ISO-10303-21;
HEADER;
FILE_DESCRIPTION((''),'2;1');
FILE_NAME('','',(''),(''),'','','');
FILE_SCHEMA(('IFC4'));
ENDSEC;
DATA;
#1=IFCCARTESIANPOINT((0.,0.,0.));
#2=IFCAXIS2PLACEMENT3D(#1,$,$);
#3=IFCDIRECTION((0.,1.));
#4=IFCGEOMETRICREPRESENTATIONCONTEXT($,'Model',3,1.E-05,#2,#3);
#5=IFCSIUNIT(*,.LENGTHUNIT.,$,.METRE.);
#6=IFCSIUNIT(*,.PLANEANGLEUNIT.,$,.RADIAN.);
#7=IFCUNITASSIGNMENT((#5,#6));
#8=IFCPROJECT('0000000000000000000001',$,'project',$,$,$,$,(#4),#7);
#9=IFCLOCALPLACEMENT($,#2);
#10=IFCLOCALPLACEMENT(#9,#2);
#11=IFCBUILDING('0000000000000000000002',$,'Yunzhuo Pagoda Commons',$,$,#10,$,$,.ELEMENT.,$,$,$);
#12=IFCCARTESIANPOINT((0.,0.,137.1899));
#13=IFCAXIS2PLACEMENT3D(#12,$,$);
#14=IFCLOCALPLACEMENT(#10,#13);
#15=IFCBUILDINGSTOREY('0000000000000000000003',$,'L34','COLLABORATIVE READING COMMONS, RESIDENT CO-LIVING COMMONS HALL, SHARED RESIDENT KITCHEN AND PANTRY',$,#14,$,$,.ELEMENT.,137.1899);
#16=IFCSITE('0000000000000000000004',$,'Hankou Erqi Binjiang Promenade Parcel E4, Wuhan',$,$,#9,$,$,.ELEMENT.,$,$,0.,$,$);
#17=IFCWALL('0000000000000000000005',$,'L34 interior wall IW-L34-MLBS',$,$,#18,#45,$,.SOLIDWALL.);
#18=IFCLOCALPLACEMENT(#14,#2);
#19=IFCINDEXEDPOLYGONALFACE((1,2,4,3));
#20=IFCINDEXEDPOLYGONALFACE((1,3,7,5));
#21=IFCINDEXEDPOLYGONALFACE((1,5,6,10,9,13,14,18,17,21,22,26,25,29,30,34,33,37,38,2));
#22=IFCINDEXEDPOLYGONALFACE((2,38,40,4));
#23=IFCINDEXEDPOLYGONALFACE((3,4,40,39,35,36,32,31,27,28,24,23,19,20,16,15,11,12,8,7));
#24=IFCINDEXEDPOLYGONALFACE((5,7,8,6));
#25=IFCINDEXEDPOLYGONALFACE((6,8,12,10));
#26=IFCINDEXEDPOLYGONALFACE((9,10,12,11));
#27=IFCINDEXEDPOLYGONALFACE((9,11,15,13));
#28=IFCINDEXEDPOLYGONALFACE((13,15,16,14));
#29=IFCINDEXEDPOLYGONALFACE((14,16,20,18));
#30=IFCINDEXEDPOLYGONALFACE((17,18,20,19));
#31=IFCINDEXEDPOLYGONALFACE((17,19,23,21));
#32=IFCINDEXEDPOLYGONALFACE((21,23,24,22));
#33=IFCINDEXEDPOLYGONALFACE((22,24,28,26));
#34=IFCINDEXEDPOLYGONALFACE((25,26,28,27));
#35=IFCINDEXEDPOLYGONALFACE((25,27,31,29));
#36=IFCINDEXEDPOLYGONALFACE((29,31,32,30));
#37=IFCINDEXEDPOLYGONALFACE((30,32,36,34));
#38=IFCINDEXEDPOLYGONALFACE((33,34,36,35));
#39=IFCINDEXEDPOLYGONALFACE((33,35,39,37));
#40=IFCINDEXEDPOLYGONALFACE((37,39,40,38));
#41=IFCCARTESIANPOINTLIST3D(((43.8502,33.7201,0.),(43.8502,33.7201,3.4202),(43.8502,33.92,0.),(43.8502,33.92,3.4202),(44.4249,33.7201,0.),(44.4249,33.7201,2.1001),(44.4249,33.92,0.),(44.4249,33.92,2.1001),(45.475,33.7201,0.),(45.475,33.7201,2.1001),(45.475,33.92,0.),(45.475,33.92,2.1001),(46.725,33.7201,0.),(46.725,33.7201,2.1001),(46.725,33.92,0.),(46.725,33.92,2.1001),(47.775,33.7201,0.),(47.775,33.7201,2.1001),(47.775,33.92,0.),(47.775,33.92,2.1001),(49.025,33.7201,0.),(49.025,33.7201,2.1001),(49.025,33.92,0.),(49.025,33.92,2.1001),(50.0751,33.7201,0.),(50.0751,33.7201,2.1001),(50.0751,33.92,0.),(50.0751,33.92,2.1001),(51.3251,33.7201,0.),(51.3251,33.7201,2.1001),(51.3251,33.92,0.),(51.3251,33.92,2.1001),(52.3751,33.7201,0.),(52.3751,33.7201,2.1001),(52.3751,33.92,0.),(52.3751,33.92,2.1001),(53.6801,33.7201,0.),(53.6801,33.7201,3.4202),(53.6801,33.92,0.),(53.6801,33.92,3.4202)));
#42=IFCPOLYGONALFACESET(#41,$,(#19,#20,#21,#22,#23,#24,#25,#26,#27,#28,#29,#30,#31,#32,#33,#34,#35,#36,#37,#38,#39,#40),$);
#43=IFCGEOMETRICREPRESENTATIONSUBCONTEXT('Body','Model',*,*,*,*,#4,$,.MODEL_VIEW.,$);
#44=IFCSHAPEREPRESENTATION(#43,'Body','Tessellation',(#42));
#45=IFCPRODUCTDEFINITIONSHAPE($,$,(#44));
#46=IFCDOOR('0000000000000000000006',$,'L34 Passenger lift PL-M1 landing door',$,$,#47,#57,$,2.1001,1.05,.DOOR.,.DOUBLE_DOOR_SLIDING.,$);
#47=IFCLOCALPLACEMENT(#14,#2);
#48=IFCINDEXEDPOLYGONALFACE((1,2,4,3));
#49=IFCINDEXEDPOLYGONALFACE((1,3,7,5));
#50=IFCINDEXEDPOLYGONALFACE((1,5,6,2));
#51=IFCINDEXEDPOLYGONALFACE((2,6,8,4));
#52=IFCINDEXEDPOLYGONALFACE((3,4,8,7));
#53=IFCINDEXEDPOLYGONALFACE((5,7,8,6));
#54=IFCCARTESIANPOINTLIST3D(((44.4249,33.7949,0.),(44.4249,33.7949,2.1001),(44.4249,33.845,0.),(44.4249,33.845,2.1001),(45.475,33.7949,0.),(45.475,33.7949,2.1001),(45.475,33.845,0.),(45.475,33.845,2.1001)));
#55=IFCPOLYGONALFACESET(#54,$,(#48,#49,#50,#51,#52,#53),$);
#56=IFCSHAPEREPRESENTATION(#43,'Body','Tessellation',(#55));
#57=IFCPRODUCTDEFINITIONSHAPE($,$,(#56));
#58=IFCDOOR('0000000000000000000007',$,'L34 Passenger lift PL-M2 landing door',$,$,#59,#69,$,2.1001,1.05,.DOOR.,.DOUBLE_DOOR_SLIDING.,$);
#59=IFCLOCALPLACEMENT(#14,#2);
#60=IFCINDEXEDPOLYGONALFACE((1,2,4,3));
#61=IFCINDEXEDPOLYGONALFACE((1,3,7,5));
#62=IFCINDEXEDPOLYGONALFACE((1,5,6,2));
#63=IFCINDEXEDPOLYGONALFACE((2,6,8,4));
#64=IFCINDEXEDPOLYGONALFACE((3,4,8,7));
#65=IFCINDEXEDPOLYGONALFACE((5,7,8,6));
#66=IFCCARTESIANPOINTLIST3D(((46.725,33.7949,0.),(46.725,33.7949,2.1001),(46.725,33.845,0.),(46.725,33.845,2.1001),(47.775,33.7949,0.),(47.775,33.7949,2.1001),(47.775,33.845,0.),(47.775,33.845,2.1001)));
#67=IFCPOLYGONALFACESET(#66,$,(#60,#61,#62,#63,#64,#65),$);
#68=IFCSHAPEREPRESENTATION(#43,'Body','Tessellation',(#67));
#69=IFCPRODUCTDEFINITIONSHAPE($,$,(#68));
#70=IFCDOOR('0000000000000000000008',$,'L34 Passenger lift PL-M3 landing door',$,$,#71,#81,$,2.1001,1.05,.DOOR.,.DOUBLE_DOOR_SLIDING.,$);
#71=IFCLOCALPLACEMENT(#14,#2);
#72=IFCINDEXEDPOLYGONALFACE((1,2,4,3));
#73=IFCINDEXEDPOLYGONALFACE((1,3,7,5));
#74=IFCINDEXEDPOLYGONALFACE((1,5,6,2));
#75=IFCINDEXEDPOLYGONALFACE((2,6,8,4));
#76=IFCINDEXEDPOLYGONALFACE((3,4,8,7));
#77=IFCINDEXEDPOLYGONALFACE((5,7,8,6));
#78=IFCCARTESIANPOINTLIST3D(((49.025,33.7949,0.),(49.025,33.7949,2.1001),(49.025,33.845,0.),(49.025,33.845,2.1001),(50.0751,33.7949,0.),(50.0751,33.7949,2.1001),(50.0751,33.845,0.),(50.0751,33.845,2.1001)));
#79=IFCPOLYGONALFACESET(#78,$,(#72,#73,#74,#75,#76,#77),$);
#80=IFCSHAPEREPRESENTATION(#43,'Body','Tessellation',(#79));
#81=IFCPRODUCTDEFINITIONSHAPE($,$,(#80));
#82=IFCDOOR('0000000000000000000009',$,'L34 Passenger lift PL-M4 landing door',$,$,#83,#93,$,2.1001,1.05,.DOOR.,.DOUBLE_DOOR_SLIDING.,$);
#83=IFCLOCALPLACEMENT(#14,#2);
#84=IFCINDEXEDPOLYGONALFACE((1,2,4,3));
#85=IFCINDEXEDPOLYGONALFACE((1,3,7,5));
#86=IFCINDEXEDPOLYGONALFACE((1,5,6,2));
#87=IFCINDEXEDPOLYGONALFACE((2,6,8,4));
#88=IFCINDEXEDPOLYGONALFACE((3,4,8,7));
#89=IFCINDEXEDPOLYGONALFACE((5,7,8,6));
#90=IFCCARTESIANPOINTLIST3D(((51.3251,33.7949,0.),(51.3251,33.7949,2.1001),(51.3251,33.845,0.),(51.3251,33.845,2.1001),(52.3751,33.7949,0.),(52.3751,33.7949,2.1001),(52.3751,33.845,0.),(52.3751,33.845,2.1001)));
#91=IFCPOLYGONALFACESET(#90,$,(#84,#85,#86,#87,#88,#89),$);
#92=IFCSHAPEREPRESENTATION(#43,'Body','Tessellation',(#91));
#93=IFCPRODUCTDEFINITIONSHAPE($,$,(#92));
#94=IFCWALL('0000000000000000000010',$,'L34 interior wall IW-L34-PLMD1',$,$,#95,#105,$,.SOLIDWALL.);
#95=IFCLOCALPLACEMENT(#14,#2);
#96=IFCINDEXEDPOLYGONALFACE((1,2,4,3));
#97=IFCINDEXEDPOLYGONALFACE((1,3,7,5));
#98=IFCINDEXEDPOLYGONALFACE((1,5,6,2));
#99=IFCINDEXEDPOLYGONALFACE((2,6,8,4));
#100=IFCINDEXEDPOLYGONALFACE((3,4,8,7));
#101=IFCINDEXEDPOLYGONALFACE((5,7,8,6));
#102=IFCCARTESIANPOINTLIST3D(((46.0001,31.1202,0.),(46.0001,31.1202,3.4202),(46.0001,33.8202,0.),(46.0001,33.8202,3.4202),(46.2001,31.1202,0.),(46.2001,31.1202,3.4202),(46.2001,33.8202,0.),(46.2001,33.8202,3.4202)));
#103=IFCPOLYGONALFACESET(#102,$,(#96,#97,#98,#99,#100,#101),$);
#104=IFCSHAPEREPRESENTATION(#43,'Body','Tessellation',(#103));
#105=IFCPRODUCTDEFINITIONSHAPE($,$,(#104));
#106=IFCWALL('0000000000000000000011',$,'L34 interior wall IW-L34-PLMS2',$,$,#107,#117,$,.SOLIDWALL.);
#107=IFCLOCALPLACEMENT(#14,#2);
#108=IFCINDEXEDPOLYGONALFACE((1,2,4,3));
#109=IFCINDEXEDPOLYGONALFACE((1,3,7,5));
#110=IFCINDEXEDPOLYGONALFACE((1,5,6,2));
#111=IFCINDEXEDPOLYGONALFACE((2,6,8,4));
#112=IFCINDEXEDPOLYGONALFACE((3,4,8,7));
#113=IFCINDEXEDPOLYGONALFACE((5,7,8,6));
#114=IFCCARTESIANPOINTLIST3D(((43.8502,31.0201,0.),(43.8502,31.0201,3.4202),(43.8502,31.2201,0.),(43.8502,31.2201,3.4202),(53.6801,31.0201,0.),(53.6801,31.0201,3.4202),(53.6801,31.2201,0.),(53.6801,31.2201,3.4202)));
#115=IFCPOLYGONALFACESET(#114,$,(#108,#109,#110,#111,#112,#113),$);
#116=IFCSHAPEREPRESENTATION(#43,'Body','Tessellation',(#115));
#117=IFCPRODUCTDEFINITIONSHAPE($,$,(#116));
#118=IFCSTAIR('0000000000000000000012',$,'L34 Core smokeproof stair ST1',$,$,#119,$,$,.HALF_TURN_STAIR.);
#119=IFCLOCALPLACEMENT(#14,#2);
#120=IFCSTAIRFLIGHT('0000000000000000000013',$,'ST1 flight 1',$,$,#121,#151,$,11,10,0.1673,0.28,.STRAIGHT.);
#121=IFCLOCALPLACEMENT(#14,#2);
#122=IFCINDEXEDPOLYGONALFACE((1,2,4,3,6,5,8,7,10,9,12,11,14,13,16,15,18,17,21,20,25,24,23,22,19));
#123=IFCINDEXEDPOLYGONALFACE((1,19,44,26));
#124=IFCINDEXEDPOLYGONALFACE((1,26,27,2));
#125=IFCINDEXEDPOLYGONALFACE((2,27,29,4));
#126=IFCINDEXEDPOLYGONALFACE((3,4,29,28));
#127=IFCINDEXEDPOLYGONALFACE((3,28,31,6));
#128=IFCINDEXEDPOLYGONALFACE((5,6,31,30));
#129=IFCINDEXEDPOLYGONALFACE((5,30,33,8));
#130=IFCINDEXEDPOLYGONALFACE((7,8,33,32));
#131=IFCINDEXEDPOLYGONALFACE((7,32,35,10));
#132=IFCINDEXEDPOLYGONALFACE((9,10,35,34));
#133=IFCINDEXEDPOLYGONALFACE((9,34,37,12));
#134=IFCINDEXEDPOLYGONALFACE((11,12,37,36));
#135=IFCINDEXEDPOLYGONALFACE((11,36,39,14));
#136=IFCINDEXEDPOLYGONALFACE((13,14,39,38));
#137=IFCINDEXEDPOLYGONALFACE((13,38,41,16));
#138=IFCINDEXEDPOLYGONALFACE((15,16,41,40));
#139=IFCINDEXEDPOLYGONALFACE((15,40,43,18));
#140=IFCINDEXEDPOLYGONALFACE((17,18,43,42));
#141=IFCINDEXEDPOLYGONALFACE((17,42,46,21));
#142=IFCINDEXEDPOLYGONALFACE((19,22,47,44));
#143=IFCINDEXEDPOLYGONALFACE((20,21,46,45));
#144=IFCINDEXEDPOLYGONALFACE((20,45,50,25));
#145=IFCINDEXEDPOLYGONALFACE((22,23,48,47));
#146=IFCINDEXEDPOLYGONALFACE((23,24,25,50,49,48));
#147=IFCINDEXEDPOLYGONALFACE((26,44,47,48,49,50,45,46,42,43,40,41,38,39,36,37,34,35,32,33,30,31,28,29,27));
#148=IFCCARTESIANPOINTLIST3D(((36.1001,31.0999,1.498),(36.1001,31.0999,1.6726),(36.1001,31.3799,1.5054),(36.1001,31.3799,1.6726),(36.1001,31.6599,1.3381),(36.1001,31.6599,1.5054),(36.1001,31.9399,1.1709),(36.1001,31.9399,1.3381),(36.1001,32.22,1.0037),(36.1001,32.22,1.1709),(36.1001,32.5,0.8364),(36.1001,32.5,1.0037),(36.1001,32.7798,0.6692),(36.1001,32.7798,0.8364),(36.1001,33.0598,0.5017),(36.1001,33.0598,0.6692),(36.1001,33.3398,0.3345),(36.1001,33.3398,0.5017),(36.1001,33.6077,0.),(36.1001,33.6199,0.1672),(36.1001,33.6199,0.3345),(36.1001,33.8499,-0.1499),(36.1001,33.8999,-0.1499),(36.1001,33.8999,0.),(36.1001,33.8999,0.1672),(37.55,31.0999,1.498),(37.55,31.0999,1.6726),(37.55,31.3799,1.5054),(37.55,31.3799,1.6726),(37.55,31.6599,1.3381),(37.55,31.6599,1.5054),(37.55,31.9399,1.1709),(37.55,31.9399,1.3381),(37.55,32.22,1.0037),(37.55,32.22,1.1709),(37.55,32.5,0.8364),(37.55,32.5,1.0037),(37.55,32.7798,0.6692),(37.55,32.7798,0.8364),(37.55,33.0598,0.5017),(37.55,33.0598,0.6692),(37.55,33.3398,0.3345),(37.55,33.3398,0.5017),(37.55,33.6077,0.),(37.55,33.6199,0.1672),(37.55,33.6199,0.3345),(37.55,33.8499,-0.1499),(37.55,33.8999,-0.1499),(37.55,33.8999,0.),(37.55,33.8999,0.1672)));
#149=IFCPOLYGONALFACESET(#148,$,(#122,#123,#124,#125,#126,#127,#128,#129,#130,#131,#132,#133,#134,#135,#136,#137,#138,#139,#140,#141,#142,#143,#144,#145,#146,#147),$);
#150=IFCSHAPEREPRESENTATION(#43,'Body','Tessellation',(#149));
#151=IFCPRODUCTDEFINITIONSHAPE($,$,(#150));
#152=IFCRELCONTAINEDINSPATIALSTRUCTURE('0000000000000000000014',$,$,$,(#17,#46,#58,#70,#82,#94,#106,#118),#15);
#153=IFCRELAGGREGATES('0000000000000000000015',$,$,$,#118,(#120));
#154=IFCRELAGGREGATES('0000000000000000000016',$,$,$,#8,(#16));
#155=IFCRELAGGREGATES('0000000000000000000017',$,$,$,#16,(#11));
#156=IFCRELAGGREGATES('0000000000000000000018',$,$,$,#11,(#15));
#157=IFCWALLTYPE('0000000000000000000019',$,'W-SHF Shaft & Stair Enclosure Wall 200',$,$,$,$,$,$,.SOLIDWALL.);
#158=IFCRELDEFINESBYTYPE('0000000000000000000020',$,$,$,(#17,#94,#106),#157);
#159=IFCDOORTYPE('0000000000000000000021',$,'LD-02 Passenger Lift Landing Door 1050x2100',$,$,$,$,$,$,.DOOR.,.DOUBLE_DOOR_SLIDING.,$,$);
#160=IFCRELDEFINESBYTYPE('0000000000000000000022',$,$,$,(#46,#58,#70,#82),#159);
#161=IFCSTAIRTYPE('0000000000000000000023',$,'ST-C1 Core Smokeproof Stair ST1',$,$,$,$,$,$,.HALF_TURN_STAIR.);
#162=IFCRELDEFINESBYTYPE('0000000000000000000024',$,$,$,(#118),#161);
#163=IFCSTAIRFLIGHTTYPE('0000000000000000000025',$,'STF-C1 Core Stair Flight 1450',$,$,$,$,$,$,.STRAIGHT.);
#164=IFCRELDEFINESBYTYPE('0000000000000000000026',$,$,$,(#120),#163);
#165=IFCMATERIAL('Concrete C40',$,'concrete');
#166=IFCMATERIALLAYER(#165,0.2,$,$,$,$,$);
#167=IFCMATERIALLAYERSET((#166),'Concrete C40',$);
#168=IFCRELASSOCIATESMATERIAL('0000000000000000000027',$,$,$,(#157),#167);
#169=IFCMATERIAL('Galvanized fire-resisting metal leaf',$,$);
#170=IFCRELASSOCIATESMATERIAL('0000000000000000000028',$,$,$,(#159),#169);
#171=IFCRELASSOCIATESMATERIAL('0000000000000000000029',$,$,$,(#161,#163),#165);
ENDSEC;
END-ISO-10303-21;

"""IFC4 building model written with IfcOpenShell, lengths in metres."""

from ifc_helpers import new_model, si_unit, direction, frame, frame_2d, origin, origin_with_axes, place, context, subcontext, project, spatial, polyline, rectangle, outline, extrude, source, transform, mapped, material, layer, layer_set, type_object, element, fill, aggregate, save


model = new_model("IFC4")

# Units and contexts
model_context = context("Model", 3, precision=1e-05, world=origin(), true_north=direction((0.0, 1.0)))
body_context = subcontext(model_context, "Body", "Model", "MODEL_VIEW")
ifc_project = project(units=[si_unit("LENGTHUNIT", "METRE"), si_unit("PLANEANGLEUNIT", "RADIAN")], contexts=[model_context])

# Site, building, storey
site_placement = place(None, origin())
site = spatial("IfcSite", under=ifc_project, at=site_placement, Name="Hankou Erqi Binjiang Promenade Parcel E4, Wuhan", CompositionType="ELEMENT", RefElevation=0.0)
building_placement = place(site_placement, origin())
building = spatial("IfcBuilding", under=site, at=building_placement, Name="Yunzhuo Pagoda Commons", CompositionType="ELEMENT")
storey_placement = place(building_placement, frame((0.0, 0.0, 137.1899)))
storey = spatial("IfcBuildingStorey", under=building, at=storey_placement, Name="L34", Description="COLLABORATIVE READING COMMONS, RESIDENT CO-LIVING COMMONS HALL, SHARED RESIDENT KITCHEN AND PANTRY", CompositionType="ELEMENT", Elevation=137.1899)

# Shared definitions
ifc_material_1 = material(Name="Concrete C40", Category="concrete")
ifc_layer_1 = layer(ifc_material_1, 0.2)
ifc_layer_set_1 = layer_set([ifc_layer_1], Name="Concrete C40")
wall_type_1 = type_object("IfcWallType", Name="W-SHF Shaft & Stair Enclosure Wall 200", PredefinedType="SOLIDWALL", material=ifc_layer_set_1)
ifc_material_2 = material(Name="Galvanized fire-resisting metal leaf")
door_type = type_object("IfcDoorType", Name="LD-02 Passenger Lift Landing Door 1050x2100", OperationType="DOUBLE_DOOR_SLIDING", PredefinedType="DOOR", material=ifc_material_2)
shared_shape_1 = source(origin(), body_context, "Body", "SweptSolid", [
    extrude(rectangle(XDim=1.05, YDim=2.1001, at=frame_2d((0.5249, 1.05))), frame((0.0, 0.0249, 0.0), z_axis=(0.0, -1.0, 0.0), x_axis=(1.0, 0.0, 0.0)), (0.0, 0.0, 1.0), 0.05),
])

# Wall, openings, doors
wall_1_placement = place(storey_placement, frame((43.8501, 33.8201, 0.0), z_axis=(0.0, 0.0, 1.0), x_axis=(1.0, 0.0, 0.0)))
wall_1 = element("IfcWall", 1, at=wall_1_placement, inside=storey, type_object=wall_type_1, Name="L34 interior wall IW-L34-MLBS", PredefinedType="SOLIDWALL", context=body_context, shape_type="SweptSolid", body=[
    extrude(rectangle(XDim=9.8298, YDim=0.2, at=frame_2d((4.915, 0.0))), origin(), (0.0, 0.0, 1.0), 3.4202),
])
opening_1_placement = place(wall_1_placement, frame((0.575, 0.0, 0.0)))
opening_1 = element("IfcOpeningElement", 2, at=opening_1_placement, cuts=wall_1, PredefinedType="OPENING", context=body_context, shape_type="SweptSolid", body=[
    extrude(rectangle(XDim=1.05, YDim=2.1001, at=frame_2d((0.5249, 1.05))), frame((0.0, 0.1099, 0.0), z_axis=(0.0, -1.0, 0.0), x_axis=(1.0, 0.0, 0.0)), (0.0, 0.0, 1.0), 0.22),
])
opening_2_placement = place(wall_1_placement, frame((2.875, 0.0, 0.0)))
opening_2 = element("IfcOpeningElement", 3, at=opening_2_placement, cuts=wall_1, PredefinedType="OPENING", context=body_context, shape_type="SweptSolid", body=[
    extrude(rectangle(XDim=1.05, YDim=2.1001, at=frame_2d((0.5249, 1.05))), frame((0.0, 0.1099, 0.0), z_axis=(0.0, -1.0, 0.0), x_axis=(1.0, 0.0, 0.0)), (0.0, 0.0, 1.0), 0.22),
])
opening_3_placement = place(wall_1_placement, frame((5.175, 0.0, 0.0)))
opening_3 = element("IfcOpeningElement", 4, at=opening_3_placement, cuts=wall_1, PredefinedType="OPENING", context=body_context, shape_type="SweptSolid", body=[
    extrude(rectangle(XDim=1.05, YDim=2.1001, at=frame_2d((0.5249, 1.05))), frame((0.0, 0.1099, 0.0), z_axis=(0.0, -1.0, 0.0), x_axis=(1.0, 0.0, 0.0)), (0.0, 0.0, 1.0), 0.22),
])
opening_4_placement = place(wall_1_placement, frame((7.4751, 0.0, 0.0)))
opening_4 = element("IfcOpeningElement", 5, at=opening_4_placement, cuts=wall_1, PredefinedType="OPENING", context=body_context, shape_type="SweptSolid", body=[
    extrude(rectangle(XDim=1.05, YDim=2.1001, at=frame_2d((0.5249, 1.05))), frame((0.0, 0.1099, 0.0), z_axis=(0.0, -1.0, 0.0), x_axis=(1.0, 0.0, 0.0)), (0.0, 0.0, 1.0), 0.22),
])
door_1_placement = place(opening_1_placement, origin_with_axes())
door_1 = element("IfcDoor", 6, at=door_1_placement, inside=storey, type_object=door_type, Name="L34 Passenger lift PL-M1 landing door", OperationType="DOUBLE_DOOR_SLIDING", OverallHeight=2.1001, OverallWidth=1.05, PredefinedType="DOOR", context=body_context, shape_type="MappedRepresentation", body=[
    mapped(shared_shape_1, transform((0.0, 0.0, 0.0), scale=1.0)),
])
fill(opening_1, door_1)
door_2_placement = place(opening_2_placement, origin_with_axes())
door_2 = element("IfcDoor", 7, at=door_2_placement, inside=storey, type_object=door_type, Name="L34 Passenger lift PL-M2 landing door", OperationType="DOUBLE_DOOR_SLIDING", OverallHeight=2.1001, OverallWidth=1.05, PredefinedType="DOOR", context=body_context, shape_type="MappedRepresentation", body=[
    mapped(shared_shape_1, transform((0.0, 0.0, 0.0), scale=1.0)),
])
fill(opening_2, door_2)
door_3_placement = place(opening_3_placement, origin_with_axes())
door_3 = element("IfcDoor", 8, at=door_3_placement, inside=storey, type_object=door_type, Name="L34 Passenger lift PL-M3 landing door", OperationType="DOUBLE_DOOR_SLIDING", OverallHeight=2.1001, OverallWidth=1.05, PredefinedType="DOOR", context=body_context, shape_type="MappedRepresentation", body=[
    mapped(shared_shape_1, transform((0.0, 0.0, 0.0), scale=1.0)),
])
fill(opening_3, door_3)
door_4_placement = place(opening_4_placement, origin_with_axes())
door_4 = element("IfcDoor", 9, at=door_4_placement, inside=storey, type_object=door_type, Name="L34 Passenger lift PL-M4 landing door", OperationType="DOUBLE_DOOR_SLIDING", OverallHeight=2.1001, OverallWidth=1.05, PredefinedType="DOOR", context=body_context, shape_type="MappedRepresentation", body=[
    mapped(shared_shape_1, transform((0.0, 0.0, 0.0), scale=1.0)),
])
fill(opening_4, door_4)

# Walls
wall_2_placement = place(storey_placement, frame((46.1001, 31.1201, 0.0), z_axis=(0.0, 0.0, 1.0), x_axis=(0.0, 1.0, 0.0)))
element("IfcWall", 10, at=wall_2_placement, inside=storey, type_object=wall_type_1, Name="L34 interior wall IW-L34-PLMD1", PredefinedType="SOLIDWALL", context=body_context, shape_type="SweptSolid", body=[
    extrude(rectangle(XDim=2.7, YDim=0.2, at=frame_2d((1.3501, 0.0))), origin(), (0.0, 0.0, 1.0), 3.4202),
])
wall_3_placement = place(storey_placement, frame((43.8501, 31.1201, 0.0), z_axis=(0.0, 0.0, 1.0), x_axis=(1.0, 0.0, 0.0)))
element("IfcWall", 11, at=wall_3_placement, inside=storey, type_object=wall_type_1, Name="L34 interior wall IW-L34-PLMS2", PredefinedType="SOLIDWALL", context=body_context, shape_type="SweptSolid", body=[
    extrude(rectangle(XDim=9.8298, YDim=0.2, at=frame_2d((4.915, 0.0))), origin(), (0.0, 0.0, 1.0), 3.4202),
])

# Stair, stair flight
stair_type = type_object("IfcStairType", Name="ST-C1 Core Smokeproof Stair ST1", PredefinedType="HALF_TURN_STAIR", material=ifc_material_1)
stair_placement = place(storey_placement, origin())
stair = element("IfcStair", 12, at=stair_placement, inside=storey, type_object=stair_type, Name="L34 Core smokeproof stair ST1", PredefinedType="HALF_TURN_STAIR")
stair_flight_type = type_object("IfcStairFlightType", Name="STF-C1 Core Stair Flight 1450", PredefinedType="STRAIGHT", material=ifc_material_1)
shared_shape_2 = source(origin(), body_context, "Body", "SweptSolid", [
    extrude(outline(polyline([(0.0, -0.1499), (0.0, 0.0), (0.0, 0.1672), (0.28, 0.1672), (0.28, 0.3345), (0.5601, 0.3345), (0.5601, 0.5017), (0.8401, 0.5017), (0.8401, 0.6692), (1.1201, 0.6692), (1.1201, 0.8364), (1.3999, 0.8364), (1.3999, 1.0037), (1.6799, 1.0037), (1.6799, 1.1709), (1.96, 1.1709), (1.96, 1.3381), (2.24, 1.3381), (2.24, 1.5054), (2.52, 1.5054), (2.52, 1.6726), (2.8, 1.6726), (2.8, 1.8401), (2.8, 1.498), (0.2922, 0.0), (0.05, -0.1499), (0.0, -0.1499)])), frame((0.0, 0.7251, 0.0), z_axis=(0.0, -1.0, 0.0), x_axis=(1.0, 0.0, 0.0)), (0.0, 0.0, 1.0), 1.45),
])
stair_flight_1_placement = place(storey_placement, frame((36.825, 33.8999, 0.0), z_axis=(0.0, 0.0, 1.0), x_axis=(0.0, -1.0, 0.0)))
stair_flight_1 = element("IfcStairFlight", 13, at=stair_flight_1_placement, type_object=stair_flight_type, Name="ST1 flight 1", NumberOfRisers=11, NumberOfTreads=10, PredefinedType="STRAIGHT", RiserHeight=0.1673, TreadLength=0.28, context=body_context, shape_type="MappedRepresentation", body=[
    mapped(shared_shape_2, transform((0.0, 0.0, 0.0), scale=1.0)),
])
aggregate(stair, [stair_flight_1])

save(model, "model.ifc")
